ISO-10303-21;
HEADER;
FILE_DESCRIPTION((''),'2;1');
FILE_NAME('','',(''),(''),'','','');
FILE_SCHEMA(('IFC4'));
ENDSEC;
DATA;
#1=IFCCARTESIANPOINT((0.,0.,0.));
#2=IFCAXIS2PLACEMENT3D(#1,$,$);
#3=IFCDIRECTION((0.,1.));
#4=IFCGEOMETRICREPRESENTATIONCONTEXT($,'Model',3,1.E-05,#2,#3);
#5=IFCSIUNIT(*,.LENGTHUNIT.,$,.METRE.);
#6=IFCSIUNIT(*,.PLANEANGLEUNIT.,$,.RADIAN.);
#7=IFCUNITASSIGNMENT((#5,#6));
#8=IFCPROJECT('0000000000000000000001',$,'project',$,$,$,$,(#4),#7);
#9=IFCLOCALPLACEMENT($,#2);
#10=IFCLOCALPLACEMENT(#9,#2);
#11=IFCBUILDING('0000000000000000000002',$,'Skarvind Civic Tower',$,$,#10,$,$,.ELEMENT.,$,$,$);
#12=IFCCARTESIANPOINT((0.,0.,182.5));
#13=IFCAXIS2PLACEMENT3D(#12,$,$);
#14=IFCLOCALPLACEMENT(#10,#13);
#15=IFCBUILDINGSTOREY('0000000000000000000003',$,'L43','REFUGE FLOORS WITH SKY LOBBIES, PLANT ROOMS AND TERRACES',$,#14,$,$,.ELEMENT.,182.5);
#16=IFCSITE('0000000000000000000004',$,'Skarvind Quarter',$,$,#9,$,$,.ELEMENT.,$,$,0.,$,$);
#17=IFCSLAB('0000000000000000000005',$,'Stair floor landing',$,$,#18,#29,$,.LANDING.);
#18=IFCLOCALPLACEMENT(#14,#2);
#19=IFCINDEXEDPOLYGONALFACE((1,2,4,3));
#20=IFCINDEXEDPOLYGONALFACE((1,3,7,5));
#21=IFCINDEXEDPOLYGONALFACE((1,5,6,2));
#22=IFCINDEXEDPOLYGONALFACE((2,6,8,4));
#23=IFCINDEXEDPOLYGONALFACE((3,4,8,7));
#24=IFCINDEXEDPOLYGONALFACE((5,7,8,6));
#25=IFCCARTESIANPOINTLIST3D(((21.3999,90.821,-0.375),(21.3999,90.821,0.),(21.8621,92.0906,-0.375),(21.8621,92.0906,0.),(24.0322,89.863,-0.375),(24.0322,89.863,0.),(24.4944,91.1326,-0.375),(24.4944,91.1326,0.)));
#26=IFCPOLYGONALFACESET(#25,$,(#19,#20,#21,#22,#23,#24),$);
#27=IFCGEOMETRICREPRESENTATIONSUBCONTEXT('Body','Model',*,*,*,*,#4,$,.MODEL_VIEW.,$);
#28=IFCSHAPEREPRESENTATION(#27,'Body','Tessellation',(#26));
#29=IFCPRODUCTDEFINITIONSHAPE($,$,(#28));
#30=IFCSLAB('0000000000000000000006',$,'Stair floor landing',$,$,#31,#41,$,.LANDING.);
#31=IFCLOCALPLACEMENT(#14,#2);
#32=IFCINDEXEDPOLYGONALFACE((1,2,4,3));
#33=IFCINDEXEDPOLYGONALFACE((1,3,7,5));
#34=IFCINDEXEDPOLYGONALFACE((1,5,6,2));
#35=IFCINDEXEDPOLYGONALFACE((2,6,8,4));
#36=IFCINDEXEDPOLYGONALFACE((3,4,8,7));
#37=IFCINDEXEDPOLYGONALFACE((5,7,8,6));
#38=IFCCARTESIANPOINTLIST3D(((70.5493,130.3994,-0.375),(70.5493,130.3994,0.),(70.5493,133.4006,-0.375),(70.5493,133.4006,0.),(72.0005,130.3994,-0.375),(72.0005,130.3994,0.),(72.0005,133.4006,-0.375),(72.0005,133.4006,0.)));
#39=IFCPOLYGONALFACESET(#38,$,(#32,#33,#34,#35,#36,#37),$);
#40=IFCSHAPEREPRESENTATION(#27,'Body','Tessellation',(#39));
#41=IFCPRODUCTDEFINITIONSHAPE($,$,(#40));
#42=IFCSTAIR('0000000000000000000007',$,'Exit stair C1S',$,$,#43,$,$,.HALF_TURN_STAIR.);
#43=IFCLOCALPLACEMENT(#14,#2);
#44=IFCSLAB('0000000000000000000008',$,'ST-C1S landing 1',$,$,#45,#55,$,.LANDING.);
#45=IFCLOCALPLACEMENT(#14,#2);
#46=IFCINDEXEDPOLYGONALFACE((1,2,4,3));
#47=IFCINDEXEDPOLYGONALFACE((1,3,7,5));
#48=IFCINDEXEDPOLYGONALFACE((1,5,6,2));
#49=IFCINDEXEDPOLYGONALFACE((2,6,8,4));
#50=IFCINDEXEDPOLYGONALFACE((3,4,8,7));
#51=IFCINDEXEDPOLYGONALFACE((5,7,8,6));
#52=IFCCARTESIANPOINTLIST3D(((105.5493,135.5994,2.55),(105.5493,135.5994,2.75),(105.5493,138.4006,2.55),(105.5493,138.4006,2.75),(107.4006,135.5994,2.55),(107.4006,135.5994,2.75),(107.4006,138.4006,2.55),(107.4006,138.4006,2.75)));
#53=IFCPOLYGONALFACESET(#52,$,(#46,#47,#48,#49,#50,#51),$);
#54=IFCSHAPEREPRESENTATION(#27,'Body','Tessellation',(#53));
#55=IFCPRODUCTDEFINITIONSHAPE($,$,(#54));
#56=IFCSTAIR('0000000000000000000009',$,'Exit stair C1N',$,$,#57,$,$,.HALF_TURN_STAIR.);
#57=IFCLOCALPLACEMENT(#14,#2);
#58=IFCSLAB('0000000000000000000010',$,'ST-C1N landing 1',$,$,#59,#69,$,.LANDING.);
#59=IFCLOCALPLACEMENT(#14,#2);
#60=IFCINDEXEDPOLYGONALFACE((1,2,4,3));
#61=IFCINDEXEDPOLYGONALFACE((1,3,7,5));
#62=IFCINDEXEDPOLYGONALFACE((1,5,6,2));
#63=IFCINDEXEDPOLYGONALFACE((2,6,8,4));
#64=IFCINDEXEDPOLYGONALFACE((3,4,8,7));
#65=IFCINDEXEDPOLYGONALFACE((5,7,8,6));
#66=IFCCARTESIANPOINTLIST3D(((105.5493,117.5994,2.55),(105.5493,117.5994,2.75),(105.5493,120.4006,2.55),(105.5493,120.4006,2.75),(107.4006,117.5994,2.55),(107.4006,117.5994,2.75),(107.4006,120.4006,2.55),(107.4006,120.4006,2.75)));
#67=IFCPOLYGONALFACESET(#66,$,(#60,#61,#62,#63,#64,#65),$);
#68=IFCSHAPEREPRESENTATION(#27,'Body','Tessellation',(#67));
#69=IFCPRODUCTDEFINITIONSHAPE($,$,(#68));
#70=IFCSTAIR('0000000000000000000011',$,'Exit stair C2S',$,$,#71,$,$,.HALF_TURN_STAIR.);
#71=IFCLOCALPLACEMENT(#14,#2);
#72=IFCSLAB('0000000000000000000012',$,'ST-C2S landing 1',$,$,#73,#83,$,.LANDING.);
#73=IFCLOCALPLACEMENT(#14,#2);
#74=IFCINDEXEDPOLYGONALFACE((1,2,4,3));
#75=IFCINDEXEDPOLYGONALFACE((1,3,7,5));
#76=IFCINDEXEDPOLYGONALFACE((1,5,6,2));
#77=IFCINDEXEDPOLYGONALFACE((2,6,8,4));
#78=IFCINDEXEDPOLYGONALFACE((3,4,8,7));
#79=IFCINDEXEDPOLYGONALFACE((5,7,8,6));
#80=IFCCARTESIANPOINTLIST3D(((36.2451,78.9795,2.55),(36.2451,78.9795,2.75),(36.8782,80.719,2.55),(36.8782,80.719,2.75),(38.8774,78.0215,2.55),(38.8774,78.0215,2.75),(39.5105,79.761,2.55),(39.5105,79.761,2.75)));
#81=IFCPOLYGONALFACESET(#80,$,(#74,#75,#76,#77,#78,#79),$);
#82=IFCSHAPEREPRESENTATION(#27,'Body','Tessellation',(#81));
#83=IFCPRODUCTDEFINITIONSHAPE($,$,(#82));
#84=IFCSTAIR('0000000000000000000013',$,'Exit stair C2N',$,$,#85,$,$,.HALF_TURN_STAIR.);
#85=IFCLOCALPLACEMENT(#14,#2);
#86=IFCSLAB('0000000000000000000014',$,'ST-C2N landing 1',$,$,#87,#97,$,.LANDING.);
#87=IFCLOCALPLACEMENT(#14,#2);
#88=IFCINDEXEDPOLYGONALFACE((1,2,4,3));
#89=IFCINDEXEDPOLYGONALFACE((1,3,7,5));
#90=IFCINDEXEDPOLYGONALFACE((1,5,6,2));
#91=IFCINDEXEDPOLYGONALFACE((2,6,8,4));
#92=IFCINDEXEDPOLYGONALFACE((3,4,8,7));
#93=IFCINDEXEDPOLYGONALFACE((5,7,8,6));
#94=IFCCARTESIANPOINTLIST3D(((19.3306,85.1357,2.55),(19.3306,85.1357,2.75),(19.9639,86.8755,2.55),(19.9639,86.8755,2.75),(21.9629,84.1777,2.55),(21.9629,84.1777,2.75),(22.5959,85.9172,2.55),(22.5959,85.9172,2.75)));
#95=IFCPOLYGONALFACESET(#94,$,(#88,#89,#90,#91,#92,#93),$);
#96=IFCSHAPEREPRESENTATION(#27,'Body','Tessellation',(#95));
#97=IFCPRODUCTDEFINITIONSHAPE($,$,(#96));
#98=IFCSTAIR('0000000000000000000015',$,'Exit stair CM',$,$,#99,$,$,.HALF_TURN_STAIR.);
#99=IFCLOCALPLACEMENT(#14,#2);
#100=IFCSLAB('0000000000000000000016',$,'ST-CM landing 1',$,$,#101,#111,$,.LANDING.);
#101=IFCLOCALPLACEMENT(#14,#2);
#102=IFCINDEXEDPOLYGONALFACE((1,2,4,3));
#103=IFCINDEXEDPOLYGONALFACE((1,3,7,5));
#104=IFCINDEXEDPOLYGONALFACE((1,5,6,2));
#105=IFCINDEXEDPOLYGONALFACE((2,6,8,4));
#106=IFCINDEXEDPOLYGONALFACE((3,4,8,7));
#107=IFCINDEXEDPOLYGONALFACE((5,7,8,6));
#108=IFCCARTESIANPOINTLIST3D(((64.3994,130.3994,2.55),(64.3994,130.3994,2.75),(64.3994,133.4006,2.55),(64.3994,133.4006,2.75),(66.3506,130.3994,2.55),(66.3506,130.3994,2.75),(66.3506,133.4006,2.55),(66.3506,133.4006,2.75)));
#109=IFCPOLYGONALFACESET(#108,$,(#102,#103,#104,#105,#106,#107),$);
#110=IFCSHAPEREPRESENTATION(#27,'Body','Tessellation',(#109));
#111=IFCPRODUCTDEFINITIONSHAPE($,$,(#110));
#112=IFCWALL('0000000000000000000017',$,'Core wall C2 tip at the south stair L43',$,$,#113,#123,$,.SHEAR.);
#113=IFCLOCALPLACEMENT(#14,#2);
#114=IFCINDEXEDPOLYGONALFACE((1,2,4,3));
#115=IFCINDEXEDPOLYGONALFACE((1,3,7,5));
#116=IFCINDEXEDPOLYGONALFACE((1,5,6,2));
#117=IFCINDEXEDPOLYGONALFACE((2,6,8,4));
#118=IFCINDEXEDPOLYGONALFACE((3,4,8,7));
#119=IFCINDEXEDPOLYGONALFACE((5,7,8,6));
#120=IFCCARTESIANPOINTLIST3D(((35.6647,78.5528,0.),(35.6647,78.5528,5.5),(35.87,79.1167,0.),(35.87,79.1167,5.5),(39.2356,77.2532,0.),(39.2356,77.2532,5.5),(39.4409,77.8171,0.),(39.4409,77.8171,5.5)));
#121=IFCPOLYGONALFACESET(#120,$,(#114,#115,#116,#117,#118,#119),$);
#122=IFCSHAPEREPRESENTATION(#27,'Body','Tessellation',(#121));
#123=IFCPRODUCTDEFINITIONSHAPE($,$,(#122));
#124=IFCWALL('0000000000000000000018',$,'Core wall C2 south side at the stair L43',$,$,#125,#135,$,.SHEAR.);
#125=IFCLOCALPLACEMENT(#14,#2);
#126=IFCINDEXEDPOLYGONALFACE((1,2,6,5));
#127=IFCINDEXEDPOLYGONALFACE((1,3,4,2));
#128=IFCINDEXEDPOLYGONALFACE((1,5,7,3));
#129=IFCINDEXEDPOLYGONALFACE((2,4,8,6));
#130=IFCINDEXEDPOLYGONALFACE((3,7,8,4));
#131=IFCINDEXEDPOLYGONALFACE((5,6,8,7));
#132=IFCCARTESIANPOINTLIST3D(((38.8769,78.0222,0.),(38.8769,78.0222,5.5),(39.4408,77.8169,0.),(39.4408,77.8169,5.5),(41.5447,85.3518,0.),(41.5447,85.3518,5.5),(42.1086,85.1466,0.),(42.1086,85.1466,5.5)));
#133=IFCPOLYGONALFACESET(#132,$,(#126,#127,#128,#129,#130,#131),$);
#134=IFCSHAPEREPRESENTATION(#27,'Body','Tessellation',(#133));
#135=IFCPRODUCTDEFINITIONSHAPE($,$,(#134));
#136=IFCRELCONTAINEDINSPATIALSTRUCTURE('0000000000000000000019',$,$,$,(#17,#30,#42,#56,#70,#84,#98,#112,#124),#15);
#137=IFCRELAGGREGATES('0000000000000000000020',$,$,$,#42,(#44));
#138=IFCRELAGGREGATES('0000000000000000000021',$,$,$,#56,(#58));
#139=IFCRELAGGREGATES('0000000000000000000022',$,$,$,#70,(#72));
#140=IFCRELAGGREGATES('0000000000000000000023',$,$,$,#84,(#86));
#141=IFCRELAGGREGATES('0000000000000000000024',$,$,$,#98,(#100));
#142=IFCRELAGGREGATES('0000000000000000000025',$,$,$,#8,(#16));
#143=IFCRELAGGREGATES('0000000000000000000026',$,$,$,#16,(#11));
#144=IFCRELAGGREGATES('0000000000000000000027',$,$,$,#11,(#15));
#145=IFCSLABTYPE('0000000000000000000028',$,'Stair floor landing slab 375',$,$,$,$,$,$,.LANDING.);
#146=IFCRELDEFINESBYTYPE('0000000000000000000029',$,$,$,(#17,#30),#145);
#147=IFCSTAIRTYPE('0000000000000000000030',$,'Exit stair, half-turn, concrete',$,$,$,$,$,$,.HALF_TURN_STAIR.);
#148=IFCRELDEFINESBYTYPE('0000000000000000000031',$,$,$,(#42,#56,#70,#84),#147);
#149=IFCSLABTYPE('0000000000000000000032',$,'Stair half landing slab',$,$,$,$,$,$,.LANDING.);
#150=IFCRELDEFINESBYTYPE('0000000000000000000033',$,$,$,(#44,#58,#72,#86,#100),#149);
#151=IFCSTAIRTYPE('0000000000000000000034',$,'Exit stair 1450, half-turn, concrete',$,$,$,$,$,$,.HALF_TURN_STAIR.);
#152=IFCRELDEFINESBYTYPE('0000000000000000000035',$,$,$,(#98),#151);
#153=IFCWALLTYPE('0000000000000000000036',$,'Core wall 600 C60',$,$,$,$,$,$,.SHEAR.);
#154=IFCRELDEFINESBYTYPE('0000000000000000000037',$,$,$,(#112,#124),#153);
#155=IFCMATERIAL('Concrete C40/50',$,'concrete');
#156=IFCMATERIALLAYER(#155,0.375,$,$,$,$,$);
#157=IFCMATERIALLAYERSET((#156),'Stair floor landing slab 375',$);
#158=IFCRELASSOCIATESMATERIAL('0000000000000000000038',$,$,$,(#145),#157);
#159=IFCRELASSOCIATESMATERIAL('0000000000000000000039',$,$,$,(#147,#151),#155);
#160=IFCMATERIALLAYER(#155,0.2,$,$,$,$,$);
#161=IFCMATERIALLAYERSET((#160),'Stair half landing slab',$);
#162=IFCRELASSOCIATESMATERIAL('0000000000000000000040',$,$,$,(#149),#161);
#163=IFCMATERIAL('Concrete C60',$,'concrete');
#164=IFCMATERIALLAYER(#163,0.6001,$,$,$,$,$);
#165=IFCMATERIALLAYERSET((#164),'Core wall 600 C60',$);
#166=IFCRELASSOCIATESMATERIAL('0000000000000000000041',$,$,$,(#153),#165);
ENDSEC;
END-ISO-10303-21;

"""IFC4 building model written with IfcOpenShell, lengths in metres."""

from ifc_helpers import new_model, si_unit, direction, frame, frame_2d, origin, place, context, subcontext, project, spatial, polyline, rectangle, outline, extrude, material, layer, layer_set, type_object, element, aggregate, save


model = new_model("IFC4")

# Units and contexts
model_context = context("Model", 3, precision=1e-05, world=origin(), true_north=direction((0.0, 1.0)))
body_context = subcontext(model_context, "Body", "Model", "MODEL_VIEW")
ifc_project = project(units=[si_unit("LENGTHUNIT", "METRE"), si_unit("PLANEANGLEUNIT", "RADIAN")], contexts=[model_context])

# Site, building, storey
site_placement = place(None, origin())
site = spatial("IfcSite", under=ifc_project, at=site_placement, Name="Skarvind Quarter", CompositionType="ELEMENT", RefElevation=0.0)
building_placement = place(site_placement, origin())
building = spatial("IfcBuilding", under=site, at=building_placement, Name="Skarvind Civic Tower", CompositionType="ELEMENT")
storey_placement = place(building_placement, frame((0.0, 0.0, 182.5)))
storey = spatial("IfcBuildingStorey", under=building, at=storey_placement, Name="L43", Description="REFUGE FLOORS WITH SKY LOBBIES, PLANT ROOMS AND TERRACES", CompositionType="ELEMENT", Elevation=182.5)

# Slabs
ifc_material_1 = material(Name="Concrete C40/50", Category="concrete")
ifc_layer_1 = layer(ifc_material_1, 0.375)
ifc_layer_set_1 = layer_set([ifc_layer_1], Name="Stair floor landing slab 375")
slab_type_1 = type_object("IfcSlabType", Name="Stair floor landing slab 375", PredefinedType="LANDING", material=ifc_layer_set_1)
slab_1_placement = place(storey_placement, frame((0.0, 0.0, -0.375)))
element("IfcSlab", 1, at=slab_1_placement, inside=storey, type_object=slab_type_1, Name="Stair floor landing", PredefinedType="LANDING", context=body_context, shape_type="SweptSolid", body=[
    extrude(outline(polyline([(24.0322, 89.863), (21.3999, 90.821), (21.8621, 92.0906), (24.4944, 91.1326), (24.0322, 89.863)])), origin(), (0.0, 0.0, 1.0), 0.375),
])
slab_2_placement = place(storey_placement, frame((0.0, 0.0, -0.375)))
element("IfcSlab", 2, at=slab_2_placement, inside=storey, type_object=slab_type_1, Name="Stair floor landing", PredefinedType="LANDING", context=body_context, shape_type="SweptSolid", body=[
    extrude(outline(polyline([(70.5493, 130.3994), (70.5493, 133.4006), (72.0005, 133.4006), (72.0005, 130.3994), (70.5493, 130.3994)])), origin(), (0.0, 0.0, 1.0), 0.375),
])

# Stairs, slabs
stair_type_1 = type_object("IfcStairType", Name="Exit stair, half-turn, concrete", PredefinedType="HALF_TURN_STAIR", material=ifc_material_1)
stair_1_placement = place(storey_placement, origin())
stair_1 = element("IfcStair", 3, at=stair_1_placement, inside=storey, type_object=stair_type_1, Name="Exit stair C1S", PredefinedType="HALF_TURN_STAIR")
ifc_layer_2 = layer(ifc_material_1, 0.2)
ifc_layer_set_2 = layer_set([ifc_layer_2], Name="Stair half landing slab")
slab_type_2 = type_object("IfcSlabType", Name="Stair half landing slab", PredefinedType="LANDING", material=ifc_layer_set_2)
slab_3_placement = place(storey_placement, frame((0.0, 0.0, 2.55)))
slab_3 = element("IfcSlab", 4, at=slab_3_placement, type_object=slab_type_2, Name="ST-C1S landing 1", PredefinedType="LANDING", context=body_context, shape_type="SweptSolid", body=[
    extrude(outline(polyline([(105.5493, 135.5994), (105.5493, 138.4006), (107.4006, 138.4006), (107.4006, 135.5994), (105.5493, 135.5994)])), origin(), (0.0, 0.0, 1.0), 0.2),
])
aggregate(stair_1, [slab_3])
stair_2_placement = place(storey_placement, origin())
stair_2 = element("IfcStair", 5, at=stair_2_placement, inside=storey, type_object=stair_type_1, Name="Exit stair C1N", PredefinedType="HALF_TURN_STAIR")
slab_4_placement = place(storey_placement, frame((0.0, 0.0, 2.55)))
slab_4 = element("IfcSlab", 6, at=slab_4_placement, type_object=slab_type_2, Name="ST-C1N landing 1", PredefinedType="LANDING", context=body_context, shape_type="SweptSolid", body=[
    extrude(outline(polyline([(105.5493, 117.5994), (105.5493, 120.4006), (107.4006, 120.4006), (107.4006, 117.5994), (105.5493, 117.5994)])), origin(), (0.0, 0.0, 1.0), 0.2),
])
aggregate(stair_2, [slab_4])
stair_3_placement = place(storey_placement, origin())
stair_3 = element("IfcStair", 7, at=stair_3_placement, inside=storey, type_object=stair_type_1, Name="Exit stair C2S", PredefinedType="HALF_TURN_STAIR")
slab_5_placement = place(storey_placement, frame((0.0, 0.0, 2.55)))
slab_5 = element("IfcSlab", 8, at=slab_5_placement, type_object=slab_type_2, Name="ST-C2S landing 1", PredefinedType="LANDING", context=body_context, shape_type="SweptSolid", body=[
    extrude(outline(polyline([(36.8782, 80.719), (39.5105, 79.761), (38.8774, 78.0215), (36.2451, 78.9795), (36.8782, 80.719)])), origin(), (0.0, 0.0, 1.0), 0.2),
])
aggregate(stair_3, [slab_5])
stair_4_placement = place(storey_placement, origin())
stair_4 = element("IfcStair", 9, at=stair_4_placement, inside=storey, type_object=stair_type_1, Name="Exit stair C2N", PredefinedType="HALF_TURN_STAIR")
slab_6_placement = place(storey_placement, frame((0.0, 0.0, 2.55)))
slab_6 = element("IfcSlab", 10, at=slab_6_placement, type_object=slab_type_2, Name="ST-C2N landing 1", PredefinedType="LANDING", context=body_context, shape_type="SweptSolid", body=[
    extrude(outline(polyline([(19.9639, 86.8755), (22.5959, 85.9172), (21.9629, 84.1777), (19.3306, 85.1357), (19.9639, 86.8755)])), origin(), (0.0, 0.0, 1.0), 0.2),
])
aggregate(stair_4, [slab_6])
stair_type_2 = type_object("IfcStairType", Name="Exit stair 1450, half-turn, concrete", PredefinedType="HALF_TURN_STAIR", material=ifc_material_1)
stair_5_placement = place(storey_placement, origin())
stair_5 = element("IfcStair", 11, at=stair_5_placement, inside=storey, type_object=stair_type_2, Name="Exit stair CM", PredefinedType="HALF_TURN_STAIR")
slab_7_placement = place(storey_placement, frame((0.0, 0.0, 2.55)))
slab_7 = element("IfcSlab", 12, at=slab_7_placement, type_object=slab_type_2, Name="ST-CM landing 1", PredefinedType="LANDING", context=body_context, shape_type="SweptSolid", body=[
    extrude(outline(polyline([(66.3506, 133.4006), (66.3506, 130.3994), (64.3994, 130.3994), (64.3994, 133.4006), (66.3506, 133.4006)])), origin(), (0.0, 0.0, 1.0), 0.2),
])
aggregate(stair_5, [slab_7])

# Walls
ifc_material_2 = material(Name="Concrete C60", Category="concrete")
ifc_layer_3 = layer(ifc_material_2, 0.6001)
ifc_layer_set_3 = layer_set([ifc_layer_3], Name="Core wall 600 C60")
wall_type = type_object("IfcWallType", Name="Core wall 600 C60", PredefinedType="SHEAR", material=ifc_layer_set_3)
wall_1_placement = place(storey_placement, frame((39.3381, 77.5352, 0.0), z_axis=(0.0, 0.0, 1.0), x_axis=(-0.939701, 0.341996, 0.0)))
element("IfcWall", 13, at=wall_1_placement, inside=storey, type_object=wall_type, Name="Core wall C2 tip at the south stair L43", PredefinedType="SHEAR", context=body_context, shape_type="SweptSolid", body=[
    extrude(rectangle(XDim=3.8, YDim=0.6001, at=frame_2d((1.8999, 0.0))), origin(), (0.0, 0.0, 1.0), 5.5),
])
wall_2_placement = place(storey_placement, frame((39.1589, 77.9197, 0.0), z_axis=(0.0, 0.0, 1.0), x_axis=(0.342017, 0.939694, 0.0)))
element("IfcWall", 14, at=wall_2_placement, inside=storey, type_object=wall_type, Name="Core wall C2 south side at the stair L43", PredefinedType="SHEAR", context=body_context, shape_type="SweptSolid", body=[
    extrude(rectangle(XDim=7.8, YDim=0.6001, at=frame_2d((3.8999, 0.0))), origin(), (0.0, 0.0, 1.0), 5.5),
])

save(model, "model.ifc")
